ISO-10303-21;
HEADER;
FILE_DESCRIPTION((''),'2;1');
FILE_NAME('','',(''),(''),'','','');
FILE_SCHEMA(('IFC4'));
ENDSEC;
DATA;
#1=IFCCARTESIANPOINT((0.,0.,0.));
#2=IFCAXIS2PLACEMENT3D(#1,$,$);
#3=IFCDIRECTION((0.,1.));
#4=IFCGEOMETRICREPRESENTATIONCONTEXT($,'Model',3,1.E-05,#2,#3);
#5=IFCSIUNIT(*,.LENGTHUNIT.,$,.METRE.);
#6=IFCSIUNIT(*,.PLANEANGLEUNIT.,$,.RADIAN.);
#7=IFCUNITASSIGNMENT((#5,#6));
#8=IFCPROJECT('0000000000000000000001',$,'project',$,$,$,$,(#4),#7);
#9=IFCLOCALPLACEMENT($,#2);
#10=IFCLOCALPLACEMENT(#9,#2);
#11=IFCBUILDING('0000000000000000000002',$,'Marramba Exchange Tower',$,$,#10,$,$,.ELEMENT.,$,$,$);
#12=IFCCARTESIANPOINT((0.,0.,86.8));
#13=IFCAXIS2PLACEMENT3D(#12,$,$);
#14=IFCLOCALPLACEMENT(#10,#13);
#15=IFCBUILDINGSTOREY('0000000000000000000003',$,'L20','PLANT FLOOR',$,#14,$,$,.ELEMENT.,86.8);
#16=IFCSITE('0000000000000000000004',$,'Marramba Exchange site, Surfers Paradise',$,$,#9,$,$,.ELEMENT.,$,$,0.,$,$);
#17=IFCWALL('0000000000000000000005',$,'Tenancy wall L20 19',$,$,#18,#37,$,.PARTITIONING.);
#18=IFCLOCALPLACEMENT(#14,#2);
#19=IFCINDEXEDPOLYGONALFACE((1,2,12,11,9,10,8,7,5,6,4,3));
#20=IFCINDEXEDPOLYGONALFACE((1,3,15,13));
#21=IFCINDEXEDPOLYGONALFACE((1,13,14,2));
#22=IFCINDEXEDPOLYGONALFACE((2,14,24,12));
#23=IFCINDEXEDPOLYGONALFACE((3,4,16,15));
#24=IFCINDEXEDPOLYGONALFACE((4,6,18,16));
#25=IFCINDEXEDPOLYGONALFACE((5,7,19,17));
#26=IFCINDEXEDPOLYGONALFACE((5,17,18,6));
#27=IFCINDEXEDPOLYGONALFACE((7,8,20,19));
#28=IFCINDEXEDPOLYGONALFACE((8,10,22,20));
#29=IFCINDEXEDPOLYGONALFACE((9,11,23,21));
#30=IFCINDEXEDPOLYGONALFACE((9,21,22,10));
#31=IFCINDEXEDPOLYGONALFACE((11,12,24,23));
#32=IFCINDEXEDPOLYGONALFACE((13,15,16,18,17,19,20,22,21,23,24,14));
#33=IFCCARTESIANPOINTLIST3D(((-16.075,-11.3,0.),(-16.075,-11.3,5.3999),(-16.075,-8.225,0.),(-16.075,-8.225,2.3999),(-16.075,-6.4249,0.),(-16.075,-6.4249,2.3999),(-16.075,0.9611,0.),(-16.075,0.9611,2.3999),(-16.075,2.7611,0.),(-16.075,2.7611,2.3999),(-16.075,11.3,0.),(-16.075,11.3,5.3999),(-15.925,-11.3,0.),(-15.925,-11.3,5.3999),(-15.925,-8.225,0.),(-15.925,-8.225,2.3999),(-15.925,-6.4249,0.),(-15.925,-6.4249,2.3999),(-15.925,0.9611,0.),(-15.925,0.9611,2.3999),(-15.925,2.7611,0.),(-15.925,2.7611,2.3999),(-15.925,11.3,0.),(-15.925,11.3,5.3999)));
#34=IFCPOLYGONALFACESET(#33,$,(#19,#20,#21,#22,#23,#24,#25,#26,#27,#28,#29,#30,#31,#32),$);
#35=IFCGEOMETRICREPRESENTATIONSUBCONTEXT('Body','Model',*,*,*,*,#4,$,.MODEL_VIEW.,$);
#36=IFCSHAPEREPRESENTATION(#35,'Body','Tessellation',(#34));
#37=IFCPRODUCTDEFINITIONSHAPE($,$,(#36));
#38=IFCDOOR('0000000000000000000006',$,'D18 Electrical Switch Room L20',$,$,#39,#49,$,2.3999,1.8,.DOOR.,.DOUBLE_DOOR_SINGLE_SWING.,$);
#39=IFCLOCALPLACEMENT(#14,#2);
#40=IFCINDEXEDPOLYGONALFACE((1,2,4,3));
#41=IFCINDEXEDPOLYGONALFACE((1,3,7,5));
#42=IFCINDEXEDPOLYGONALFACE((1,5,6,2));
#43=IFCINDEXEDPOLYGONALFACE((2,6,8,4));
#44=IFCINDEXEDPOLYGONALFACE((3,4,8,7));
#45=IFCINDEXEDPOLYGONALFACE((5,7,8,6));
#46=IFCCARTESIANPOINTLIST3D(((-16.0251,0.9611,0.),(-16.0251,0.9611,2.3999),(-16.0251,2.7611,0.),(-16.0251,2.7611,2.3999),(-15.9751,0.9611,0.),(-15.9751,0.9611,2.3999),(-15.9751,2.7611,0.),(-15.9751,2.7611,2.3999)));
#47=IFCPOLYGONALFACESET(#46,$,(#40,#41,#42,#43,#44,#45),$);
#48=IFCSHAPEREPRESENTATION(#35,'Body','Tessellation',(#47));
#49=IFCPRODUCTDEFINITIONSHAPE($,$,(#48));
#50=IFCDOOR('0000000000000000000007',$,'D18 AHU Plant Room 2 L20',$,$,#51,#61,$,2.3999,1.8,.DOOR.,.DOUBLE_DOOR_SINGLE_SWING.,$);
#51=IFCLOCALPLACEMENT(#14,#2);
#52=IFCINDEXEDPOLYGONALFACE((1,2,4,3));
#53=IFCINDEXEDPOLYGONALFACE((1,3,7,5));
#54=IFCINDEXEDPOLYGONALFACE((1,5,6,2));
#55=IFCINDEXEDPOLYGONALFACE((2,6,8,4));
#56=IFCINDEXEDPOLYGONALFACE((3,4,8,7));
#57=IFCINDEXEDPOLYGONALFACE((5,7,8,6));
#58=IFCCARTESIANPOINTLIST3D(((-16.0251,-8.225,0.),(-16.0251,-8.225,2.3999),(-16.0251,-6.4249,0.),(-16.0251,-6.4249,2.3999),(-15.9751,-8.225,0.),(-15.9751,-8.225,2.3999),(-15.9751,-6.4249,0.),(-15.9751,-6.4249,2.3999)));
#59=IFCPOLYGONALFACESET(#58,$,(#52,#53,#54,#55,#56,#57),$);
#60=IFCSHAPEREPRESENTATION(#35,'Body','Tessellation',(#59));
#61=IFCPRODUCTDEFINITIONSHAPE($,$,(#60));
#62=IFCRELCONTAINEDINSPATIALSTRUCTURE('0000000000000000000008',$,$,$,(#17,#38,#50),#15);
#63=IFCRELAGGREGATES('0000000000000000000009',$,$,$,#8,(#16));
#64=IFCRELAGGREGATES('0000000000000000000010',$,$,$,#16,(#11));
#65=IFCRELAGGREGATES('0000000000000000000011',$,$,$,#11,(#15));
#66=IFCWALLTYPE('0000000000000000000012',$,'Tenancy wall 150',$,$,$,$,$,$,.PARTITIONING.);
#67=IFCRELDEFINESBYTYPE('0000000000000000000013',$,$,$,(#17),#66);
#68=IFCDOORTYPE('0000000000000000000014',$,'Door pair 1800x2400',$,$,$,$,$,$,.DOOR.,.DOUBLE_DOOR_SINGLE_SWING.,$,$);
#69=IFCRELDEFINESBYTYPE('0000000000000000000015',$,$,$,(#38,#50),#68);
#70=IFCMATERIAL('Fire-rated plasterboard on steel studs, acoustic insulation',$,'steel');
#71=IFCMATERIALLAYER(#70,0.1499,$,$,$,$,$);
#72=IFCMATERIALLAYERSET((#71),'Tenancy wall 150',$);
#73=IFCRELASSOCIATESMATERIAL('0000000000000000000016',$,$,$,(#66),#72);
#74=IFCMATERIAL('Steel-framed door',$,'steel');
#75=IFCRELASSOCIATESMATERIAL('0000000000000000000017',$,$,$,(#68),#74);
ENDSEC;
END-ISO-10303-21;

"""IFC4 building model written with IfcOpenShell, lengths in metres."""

from ifc_helpers import new_model, si_unit, direction, frame, frame_2d, origin, place, context, subcontext, project, spatial, rectangle, extrude, material, layer, layer_set, type_object, element, fill, save


model = new_model("IFC4")

# Units and contexts
model_context = context("Model", 3, precision=1e-05, world=origin(), true_north=direction((0.0, 1.0)))
body_context = subcontext(model_context, "Body", "Model", "MODEL_VIEW")
ifc_project = project(units=[si_unit("LENGTHUNIT", "METRE"), si_unit("PLANEANGLEUNIT", "RADIAN")], contexts=[model_context])

# Site, building, storey
site_placement = place(None, origin())
site = spatial("IfcSite", under=ifc_project, at=site_placement, Name="Marramba Exchange site, Surfers Paradise", CompositionType="ELEMENT", RefElevation=0.0)
building_placement = place(site_placement, origin())
building = spatial("IfcBuilding", under=site, at=building_placement, Name="Marramba Exchange Tower", CompositionType="ELEMENT")
storey_placement = place(building_placement, frame((0.0, 0.0, 86.8)))
storey = spatial("IfcBuildingStorey", under=building, at=storey_placement, Name="L20", Description="PLANT FLOOR", CompositionType="ELEMENT", Elevation=86.8)

# Wall, openings, doors
ifc_material_1 = material(Name="Fire-rated plasterboard on steel studs, acoustic insulation", Category="steel")
ifc_layer_1 = layer(ifc_material_1, 0.1499)
ifc_layer_set_1 = layer_set([ifc_layer_1], Name="Tenancy wall 150")
wall_type = type_object("IfcWallType", Name="Tenancy wall 150", PredefinedType="PARTITIONING", material=ifc_layer_set_1)
wall_placement = place(storey_placement, frame((-16.0, 11.3, 0.0), z_axis=(0.0, 0.0, 1.0), x_axis=(0.0, -1.0, 0.0)))
wall = element("IfcWall", 1, at=wall_placement, inside=storey, type_object=wall_type, Name="Tenancy wall L20 19", PredefinedType="PARTITIONING", context=body_context, shape_type="SweptSolid", body=[
    extrude(rectangle(XDim=22.6001, YDim=0.1499, at=frame_2d((11.3, 0.0))), origin(), (0.0, 0.0, 1.0), 5.3999),
])
opening_1_placement = place(wall_placement, frame((8.5391, 0.0, 0.0)))
opening_1 = element("IfcOpeningElement", 2, at=opening_1_placement, cuts=wall, PredefinedType="OPENING", context=body_context, shape_type="SweptSolid", body=[
    extrude(rectangle(XDim=1.8, YDim=2.3999, at=frame_2d((0.8999, 1.2))), frame((0.0, 0.085, 0.0), z_axis=(0.0, -1.0, 0.0), x_axis=(1.0, 0.0, 0.0)), (0.0, 0.0, 1.0), 0.1699),
])
opening_2_placement = place(wall_placement, frame((17.7251, 0.0, 0.0)))
opening_2 = element("IfcOpeningElement", 3, at=opening_2_placement, cuts=wall, PredefinedType="OPENING", context=body_context, shape_type="SweptSolid", body=[
    extrude(rectangle(XDim=1.8, YDim=2.3999, at=frame_2d((0.8999, 1.2))), frame((0.0, 0.085, 0.0), z_axis=(0.0, -1.0, 0.0), x_axis=(1.0, 0.0, 0.0)), (0.0, 0.0, 1.0), 0.1699),
])
ifc_material_2 = material(Name="Steel-framed door", Category="steel")
door_type = type_object("IfcDoorType", Name="Door pair 1800x2400", OperationType="DOUBLE_DOOR_SINGLE_SWING", PredefinedType="DOOR", material=ifc_material_2)
door_1_placement = place(opening_1_placement, origin())
door_1 = element("IfcDoor", 4, at=door_1_placement, inside=storey, type_object=door_type, Name="D18 Electrical Switch Room L20", OperationType="DOUBLE_DOOR_SINGLE_SWING", OverallHeight=2.3999, OverallWidth=1.8, PredefinedType="DOOR", context=body_context, shape_type="SweptSolid", body=[
    extrude(rectangle(XDim=1.8, YDim=2.3999, at=frame_2d((0.8999, 1.2))), frame((0.0, 0.0249, 0.0), z_axis=(0.0, -1.0, 0.0), x_axis=(1.0, 0.0, 0.0)), (0.0, 0.0, 1.0), 0.05),
])
fill(opening_1, door_1)
door_2_placement = place(opening_2_placement, origin())
door_2 = element("IfcDoor", 5, at=door_2_placement, inside=storey, type_object=door_type, Name="D18 AHU Plant Room 2 L20", OperationType="DOUBLE_DOOR_SINGLE_SWING", OverallHeight=2.3999, OverallWidth=1.8, PredefinedType="DOOR", context=body_context, shape_type="SweptSolid", body=[
    extrude(rectangle(XDim=1.8, YDim=2.3999, at=frame_2d((0.8999, 1.2))), frame((0.0, 0.0249, 0.0), z_axis=(0.0, -1.0, 0.0), x_axis=(1.0, 0.0, 0.0)), (0.0, 0.0, 1.0), 0.05),
])
fill(opening_2, door_2)

save(model, "model.ifc")
